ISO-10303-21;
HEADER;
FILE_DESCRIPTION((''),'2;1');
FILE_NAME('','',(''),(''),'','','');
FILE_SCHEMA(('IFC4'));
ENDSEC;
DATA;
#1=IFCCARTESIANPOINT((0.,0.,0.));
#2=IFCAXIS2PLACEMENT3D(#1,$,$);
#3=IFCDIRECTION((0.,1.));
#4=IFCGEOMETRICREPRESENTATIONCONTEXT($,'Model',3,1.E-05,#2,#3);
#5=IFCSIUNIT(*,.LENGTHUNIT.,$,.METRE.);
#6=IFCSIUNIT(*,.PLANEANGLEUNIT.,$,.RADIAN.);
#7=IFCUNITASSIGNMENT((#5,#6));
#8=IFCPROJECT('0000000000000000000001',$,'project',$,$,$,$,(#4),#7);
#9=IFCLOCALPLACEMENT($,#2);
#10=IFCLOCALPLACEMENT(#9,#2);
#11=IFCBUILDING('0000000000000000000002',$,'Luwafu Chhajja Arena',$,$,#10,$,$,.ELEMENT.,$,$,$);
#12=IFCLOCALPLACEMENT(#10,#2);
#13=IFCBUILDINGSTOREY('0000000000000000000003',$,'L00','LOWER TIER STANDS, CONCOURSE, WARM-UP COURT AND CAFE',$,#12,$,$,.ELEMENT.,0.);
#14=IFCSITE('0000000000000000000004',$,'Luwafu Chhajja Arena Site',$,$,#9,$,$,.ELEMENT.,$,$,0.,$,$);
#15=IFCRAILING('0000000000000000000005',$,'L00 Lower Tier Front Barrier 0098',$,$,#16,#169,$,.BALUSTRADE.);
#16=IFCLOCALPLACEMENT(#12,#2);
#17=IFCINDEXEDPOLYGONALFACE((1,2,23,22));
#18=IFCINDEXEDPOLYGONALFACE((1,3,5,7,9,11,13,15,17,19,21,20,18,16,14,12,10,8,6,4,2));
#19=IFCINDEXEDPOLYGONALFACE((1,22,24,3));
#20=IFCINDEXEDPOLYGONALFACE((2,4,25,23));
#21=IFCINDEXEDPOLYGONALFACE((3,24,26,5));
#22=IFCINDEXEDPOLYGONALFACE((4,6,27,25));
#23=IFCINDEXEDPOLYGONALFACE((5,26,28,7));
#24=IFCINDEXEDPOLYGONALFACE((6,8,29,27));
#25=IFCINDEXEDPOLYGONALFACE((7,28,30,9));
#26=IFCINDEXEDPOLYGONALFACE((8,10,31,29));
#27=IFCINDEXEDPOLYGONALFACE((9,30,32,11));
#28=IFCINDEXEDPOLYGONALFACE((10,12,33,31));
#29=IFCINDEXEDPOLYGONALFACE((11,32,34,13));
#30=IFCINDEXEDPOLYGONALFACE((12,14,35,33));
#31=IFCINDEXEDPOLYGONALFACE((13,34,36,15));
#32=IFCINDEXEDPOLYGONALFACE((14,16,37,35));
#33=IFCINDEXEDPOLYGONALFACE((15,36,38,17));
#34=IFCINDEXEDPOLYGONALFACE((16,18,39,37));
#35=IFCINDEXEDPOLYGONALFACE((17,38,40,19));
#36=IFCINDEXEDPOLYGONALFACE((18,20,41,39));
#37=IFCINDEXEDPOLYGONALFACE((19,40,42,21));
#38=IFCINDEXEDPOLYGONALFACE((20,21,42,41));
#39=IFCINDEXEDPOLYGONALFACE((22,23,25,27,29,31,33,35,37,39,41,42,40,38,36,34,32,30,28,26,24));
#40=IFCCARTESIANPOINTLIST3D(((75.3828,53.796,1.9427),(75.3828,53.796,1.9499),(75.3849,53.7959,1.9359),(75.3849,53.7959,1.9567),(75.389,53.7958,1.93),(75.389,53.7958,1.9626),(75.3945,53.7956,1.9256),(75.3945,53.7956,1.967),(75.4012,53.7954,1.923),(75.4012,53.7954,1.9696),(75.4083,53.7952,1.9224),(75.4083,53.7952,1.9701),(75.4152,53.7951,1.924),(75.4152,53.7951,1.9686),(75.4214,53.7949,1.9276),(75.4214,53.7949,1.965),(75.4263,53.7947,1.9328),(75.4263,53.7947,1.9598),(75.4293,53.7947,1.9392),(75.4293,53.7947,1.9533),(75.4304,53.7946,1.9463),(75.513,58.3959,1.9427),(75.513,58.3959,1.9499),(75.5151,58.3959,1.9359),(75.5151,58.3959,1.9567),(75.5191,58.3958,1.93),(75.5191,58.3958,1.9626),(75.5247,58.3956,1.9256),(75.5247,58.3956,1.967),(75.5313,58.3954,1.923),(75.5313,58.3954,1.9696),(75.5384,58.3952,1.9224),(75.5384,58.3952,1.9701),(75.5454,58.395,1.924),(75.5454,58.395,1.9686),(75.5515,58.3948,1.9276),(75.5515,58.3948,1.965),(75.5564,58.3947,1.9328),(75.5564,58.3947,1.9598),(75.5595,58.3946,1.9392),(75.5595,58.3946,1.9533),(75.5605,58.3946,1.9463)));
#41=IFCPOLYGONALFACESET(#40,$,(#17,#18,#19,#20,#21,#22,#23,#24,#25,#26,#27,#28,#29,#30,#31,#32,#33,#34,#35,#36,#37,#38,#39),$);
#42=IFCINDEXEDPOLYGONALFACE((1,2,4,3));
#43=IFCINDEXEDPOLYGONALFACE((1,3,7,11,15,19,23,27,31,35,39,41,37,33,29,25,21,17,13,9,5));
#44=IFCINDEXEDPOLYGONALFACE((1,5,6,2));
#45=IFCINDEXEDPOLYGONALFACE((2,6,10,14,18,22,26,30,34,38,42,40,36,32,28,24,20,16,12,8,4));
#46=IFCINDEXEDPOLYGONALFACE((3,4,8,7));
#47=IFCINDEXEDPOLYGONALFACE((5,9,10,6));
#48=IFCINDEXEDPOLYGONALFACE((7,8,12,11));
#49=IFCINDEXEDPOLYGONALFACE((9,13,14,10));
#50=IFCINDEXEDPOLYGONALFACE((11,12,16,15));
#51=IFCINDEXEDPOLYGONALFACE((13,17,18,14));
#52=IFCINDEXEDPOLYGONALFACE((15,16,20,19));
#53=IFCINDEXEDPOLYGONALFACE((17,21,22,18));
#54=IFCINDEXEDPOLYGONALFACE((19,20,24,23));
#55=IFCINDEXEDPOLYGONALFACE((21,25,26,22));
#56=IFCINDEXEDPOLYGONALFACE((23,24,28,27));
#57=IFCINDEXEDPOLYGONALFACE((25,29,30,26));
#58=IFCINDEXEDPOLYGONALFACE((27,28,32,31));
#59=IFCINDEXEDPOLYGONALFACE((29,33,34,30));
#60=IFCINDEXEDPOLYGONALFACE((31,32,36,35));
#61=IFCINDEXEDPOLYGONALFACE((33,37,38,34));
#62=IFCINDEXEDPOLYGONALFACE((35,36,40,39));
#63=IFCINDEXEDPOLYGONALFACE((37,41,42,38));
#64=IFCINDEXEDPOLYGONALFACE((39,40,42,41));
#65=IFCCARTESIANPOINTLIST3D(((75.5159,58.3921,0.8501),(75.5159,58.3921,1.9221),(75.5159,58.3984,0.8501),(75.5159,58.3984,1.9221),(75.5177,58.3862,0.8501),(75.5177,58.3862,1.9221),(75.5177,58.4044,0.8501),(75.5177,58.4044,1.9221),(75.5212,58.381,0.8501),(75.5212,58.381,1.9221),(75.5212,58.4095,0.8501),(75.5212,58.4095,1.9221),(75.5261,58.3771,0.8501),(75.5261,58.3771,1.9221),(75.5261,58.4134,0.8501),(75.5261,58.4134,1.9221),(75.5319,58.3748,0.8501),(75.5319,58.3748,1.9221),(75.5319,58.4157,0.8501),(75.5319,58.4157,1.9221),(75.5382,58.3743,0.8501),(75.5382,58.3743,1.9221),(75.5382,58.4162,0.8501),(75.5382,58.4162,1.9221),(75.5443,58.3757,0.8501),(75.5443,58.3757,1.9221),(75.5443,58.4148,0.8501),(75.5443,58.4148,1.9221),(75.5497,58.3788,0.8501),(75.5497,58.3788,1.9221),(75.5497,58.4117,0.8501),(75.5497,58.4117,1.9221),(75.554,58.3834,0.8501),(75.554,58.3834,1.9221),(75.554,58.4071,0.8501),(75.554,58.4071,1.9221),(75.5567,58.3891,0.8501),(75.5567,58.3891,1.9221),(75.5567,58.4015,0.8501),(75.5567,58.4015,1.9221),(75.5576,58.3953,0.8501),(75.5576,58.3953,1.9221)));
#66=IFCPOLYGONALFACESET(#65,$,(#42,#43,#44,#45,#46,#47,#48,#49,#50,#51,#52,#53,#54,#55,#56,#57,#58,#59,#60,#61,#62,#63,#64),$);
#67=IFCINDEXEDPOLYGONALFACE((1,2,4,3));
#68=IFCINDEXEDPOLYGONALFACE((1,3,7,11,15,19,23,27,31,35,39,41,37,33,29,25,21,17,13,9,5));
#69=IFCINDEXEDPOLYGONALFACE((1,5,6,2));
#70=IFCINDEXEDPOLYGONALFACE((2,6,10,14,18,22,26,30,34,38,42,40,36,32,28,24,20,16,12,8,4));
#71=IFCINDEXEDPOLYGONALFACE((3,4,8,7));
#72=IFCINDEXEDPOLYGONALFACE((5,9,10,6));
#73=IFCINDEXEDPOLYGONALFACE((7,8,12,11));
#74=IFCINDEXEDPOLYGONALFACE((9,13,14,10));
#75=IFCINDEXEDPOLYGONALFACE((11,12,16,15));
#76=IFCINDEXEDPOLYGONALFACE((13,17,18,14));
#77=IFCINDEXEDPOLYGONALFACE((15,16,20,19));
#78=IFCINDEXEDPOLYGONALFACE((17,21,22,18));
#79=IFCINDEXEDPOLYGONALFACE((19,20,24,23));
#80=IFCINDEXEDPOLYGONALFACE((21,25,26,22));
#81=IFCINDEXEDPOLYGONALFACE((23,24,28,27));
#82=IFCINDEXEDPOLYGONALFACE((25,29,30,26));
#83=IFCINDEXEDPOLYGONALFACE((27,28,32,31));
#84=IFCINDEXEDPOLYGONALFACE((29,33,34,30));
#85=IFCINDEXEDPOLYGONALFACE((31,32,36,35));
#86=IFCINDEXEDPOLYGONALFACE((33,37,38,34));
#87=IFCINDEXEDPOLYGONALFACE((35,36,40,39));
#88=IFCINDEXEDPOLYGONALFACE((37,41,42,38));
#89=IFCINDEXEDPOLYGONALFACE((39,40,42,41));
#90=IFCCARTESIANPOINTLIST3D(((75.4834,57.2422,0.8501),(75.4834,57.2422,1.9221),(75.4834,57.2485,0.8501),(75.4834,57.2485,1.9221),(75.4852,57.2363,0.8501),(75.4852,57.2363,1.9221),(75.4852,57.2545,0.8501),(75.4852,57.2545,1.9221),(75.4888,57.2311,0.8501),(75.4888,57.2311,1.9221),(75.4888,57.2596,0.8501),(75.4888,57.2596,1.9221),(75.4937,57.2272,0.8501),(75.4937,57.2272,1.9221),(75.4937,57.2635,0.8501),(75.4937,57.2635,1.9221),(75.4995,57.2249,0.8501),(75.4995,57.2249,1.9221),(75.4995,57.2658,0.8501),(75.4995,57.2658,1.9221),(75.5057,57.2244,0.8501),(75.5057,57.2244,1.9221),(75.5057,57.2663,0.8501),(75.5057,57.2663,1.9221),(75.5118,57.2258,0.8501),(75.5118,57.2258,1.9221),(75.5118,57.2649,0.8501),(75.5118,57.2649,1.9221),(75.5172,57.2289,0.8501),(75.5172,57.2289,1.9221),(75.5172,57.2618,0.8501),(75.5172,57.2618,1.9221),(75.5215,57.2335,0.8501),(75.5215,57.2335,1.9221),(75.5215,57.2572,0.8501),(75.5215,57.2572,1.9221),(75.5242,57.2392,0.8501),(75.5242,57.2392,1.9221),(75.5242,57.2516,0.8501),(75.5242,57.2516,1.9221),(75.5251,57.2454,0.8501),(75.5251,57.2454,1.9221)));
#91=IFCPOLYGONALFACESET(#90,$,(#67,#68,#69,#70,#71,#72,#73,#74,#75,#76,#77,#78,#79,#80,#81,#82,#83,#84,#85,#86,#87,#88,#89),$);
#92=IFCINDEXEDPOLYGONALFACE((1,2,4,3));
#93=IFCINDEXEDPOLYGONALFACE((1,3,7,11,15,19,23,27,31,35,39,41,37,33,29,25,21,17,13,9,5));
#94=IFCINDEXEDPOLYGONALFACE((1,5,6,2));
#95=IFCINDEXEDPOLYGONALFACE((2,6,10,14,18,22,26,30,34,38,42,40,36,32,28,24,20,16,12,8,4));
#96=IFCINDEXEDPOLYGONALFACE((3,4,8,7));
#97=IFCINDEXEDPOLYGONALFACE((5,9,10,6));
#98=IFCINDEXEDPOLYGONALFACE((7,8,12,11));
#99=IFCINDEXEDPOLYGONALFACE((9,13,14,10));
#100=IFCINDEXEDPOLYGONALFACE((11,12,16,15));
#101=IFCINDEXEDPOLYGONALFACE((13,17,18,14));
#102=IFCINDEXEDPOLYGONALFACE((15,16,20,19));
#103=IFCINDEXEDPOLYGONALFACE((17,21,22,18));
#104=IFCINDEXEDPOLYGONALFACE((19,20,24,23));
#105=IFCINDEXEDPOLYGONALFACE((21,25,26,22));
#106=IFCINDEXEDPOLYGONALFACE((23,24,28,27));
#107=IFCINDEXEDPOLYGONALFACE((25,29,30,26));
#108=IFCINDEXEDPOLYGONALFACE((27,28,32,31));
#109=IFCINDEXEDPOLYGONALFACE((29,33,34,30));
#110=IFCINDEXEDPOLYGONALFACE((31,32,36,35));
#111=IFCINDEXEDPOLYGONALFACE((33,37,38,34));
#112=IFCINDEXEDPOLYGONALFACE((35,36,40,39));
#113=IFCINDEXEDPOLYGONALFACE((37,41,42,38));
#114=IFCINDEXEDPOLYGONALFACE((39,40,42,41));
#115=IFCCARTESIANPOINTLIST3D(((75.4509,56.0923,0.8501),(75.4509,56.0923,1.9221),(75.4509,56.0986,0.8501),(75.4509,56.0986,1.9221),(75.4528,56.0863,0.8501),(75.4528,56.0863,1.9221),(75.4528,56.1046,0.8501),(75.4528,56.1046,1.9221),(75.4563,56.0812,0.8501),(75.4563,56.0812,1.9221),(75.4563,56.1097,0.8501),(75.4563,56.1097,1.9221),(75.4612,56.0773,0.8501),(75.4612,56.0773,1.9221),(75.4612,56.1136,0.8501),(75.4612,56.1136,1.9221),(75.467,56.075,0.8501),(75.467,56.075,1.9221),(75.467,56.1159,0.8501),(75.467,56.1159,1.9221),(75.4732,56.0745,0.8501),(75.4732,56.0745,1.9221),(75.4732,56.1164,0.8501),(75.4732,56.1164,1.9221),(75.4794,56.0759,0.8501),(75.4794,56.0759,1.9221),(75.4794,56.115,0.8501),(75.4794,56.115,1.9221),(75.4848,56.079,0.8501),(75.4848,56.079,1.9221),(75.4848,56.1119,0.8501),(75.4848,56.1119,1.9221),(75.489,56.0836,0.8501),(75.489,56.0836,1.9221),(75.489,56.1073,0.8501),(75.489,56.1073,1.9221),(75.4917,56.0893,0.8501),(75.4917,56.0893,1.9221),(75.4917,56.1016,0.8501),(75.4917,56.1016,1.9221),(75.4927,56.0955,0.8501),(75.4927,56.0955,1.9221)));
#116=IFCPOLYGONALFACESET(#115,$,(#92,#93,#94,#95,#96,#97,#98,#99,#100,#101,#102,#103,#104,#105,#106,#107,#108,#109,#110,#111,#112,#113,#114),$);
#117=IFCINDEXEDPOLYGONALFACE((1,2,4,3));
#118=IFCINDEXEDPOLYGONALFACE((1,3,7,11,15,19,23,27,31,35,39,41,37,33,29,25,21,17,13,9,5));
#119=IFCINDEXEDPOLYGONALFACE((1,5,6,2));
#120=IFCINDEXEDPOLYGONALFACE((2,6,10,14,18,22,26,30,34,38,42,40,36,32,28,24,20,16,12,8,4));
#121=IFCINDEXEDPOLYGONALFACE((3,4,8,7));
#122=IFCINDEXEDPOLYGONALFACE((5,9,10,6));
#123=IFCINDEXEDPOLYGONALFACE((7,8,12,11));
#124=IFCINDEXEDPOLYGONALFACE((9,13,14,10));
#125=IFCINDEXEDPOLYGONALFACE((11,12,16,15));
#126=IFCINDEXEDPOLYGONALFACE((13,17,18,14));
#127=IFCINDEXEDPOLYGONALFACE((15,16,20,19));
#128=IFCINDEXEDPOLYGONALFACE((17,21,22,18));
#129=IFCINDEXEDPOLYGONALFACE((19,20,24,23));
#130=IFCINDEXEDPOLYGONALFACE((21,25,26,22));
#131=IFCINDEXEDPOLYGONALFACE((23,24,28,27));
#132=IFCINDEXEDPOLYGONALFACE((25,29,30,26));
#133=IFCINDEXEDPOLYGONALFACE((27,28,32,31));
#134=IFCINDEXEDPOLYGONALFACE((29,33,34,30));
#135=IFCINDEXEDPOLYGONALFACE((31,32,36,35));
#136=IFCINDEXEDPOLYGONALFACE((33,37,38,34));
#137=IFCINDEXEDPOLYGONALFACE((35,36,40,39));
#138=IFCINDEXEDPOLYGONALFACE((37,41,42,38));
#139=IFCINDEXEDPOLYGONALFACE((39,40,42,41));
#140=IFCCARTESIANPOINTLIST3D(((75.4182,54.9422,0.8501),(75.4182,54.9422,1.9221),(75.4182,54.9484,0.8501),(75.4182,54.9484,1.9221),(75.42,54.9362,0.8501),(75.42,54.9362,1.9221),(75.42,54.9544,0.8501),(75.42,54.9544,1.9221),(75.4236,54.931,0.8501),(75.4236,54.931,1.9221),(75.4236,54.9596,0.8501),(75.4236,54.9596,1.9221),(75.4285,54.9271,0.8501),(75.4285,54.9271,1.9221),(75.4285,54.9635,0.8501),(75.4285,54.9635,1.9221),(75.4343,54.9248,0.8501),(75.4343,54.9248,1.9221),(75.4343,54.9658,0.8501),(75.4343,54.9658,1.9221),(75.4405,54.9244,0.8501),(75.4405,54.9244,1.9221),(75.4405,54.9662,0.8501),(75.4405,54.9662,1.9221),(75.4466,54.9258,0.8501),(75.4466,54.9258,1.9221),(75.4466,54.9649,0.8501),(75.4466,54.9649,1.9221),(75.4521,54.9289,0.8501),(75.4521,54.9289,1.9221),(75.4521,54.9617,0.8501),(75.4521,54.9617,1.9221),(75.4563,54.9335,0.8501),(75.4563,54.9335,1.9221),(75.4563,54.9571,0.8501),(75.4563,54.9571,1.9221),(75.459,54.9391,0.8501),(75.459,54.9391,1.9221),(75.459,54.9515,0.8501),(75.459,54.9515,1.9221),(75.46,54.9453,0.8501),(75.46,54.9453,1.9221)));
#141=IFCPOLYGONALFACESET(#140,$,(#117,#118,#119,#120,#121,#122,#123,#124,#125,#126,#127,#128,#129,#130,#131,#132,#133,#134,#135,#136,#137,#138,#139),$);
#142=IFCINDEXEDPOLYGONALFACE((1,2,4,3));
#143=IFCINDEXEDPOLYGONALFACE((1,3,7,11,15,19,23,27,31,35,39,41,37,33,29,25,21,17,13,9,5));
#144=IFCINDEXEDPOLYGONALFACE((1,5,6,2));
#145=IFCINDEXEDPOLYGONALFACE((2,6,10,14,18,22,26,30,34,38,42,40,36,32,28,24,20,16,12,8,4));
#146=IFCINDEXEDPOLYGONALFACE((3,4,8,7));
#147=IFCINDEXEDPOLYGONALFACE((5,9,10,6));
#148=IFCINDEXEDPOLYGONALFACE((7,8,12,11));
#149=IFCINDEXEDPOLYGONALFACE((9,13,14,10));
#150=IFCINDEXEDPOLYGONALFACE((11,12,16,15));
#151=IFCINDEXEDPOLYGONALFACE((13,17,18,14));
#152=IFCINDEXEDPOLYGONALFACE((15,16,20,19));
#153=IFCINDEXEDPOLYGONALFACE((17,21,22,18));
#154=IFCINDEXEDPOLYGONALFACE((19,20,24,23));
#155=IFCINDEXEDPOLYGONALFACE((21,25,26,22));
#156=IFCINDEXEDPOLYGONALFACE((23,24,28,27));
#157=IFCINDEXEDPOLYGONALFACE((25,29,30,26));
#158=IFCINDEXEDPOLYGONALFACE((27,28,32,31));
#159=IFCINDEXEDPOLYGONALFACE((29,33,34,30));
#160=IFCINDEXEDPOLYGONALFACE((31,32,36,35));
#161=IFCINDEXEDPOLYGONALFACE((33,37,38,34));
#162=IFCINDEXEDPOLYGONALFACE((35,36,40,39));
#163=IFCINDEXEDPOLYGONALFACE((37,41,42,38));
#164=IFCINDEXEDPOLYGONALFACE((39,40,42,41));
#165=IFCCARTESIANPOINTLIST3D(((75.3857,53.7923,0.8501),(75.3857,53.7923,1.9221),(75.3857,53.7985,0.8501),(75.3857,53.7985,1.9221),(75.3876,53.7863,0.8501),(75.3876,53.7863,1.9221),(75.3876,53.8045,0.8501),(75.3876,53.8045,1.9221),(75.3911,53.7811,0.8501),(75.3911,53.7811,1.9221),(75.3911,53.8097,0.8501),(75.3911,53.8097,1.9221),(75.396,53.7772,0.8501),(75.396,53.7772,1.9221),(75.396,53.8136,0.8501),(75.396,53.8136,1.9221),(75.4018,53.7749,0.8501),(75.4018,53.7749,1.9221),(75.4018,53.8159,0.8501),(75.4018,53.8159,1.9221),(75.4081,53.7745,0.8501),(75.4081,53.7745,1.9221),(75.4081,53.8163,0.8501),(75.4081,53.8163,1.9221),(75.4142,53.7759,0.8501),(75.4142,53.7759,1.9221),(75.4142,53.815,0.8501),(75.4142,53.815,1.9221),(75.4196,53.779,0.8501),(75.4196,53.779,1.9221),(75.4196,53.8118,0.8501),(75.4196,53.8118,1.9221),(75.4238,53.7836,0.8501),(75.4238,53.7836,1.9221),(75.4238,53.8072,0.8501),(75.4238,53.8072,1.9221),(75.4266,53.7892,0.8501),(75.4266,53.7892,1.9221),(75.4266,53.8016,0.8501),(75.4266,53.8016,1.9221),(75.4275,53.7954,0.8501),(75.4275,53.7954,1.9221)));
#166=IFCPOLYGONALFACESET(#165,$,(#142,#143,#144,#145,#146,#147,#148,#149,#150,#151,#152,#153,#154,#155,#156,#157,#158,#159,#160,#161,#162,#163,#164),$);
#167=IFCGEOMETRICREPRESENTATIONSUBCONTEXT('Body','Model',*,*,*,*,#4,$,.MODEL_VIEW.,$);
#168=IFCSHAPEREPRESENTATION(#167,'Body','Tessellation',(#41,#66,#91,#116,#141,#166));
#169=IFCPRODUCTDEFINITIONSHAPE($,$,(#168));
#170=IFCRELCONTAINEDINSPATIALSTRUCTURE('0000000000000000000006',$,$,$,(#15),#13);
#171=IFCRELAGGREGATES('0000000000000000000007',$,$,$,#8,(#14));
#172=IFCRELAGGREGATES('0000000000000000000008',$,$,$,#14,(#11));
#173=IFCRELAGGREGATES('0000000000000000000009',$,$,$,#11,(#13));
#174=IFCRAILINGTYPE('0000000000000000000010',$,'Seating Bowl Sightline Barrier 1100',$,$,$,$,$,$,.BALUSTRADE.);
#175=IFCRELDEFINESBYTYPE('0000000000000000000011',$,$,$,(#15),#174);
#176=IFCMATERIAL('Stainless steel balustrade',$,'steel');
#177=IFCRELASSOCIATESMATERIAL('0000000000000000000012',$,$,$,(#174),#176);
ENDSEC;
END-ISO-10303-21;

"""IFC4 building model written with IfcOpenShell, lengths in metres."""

from ifc_helpers import new_model, si_unit, direction, frame, origin, origin_2d, place, context, subcontext, project, spatial, circle, extrude, material, type_object, element, save


model = new_model("IFC4")

# Units and contexts
model_context = context("Model", 3, precision=1e-05, world=origin(), true_north=direction((0.0, 1.0)))
body_context = subcontext(model_context, "Body", "Model", "MODEL_VIEW")
ifc_project = project(units=[si_unit("LENGTHUNIT", "METRE"), si_unit("PLANEANGLEUNIT", "RADIAN")], contexts=[model_context])

# Site, building, storey
site_placement = place(None, origin())
site = spatial("IfcSite", under=ifc_project, at=site_placement, Name="Luwafu Chhajja Arena Site", CompositionType="ELEMENT", RefElevation=0.0)
building_placement = place(site_placement, origin())
building = spatial("IfcBuilding", under=site, at=building_placement, Name="Luwafu Chhajja Arena", CompositionType="ELEMENT")
storey_placement = place(building_placement, origin())
storey = spatial("IfcBuildingStorey", under=building, at=storey_placement, Name="L00", Description="LOWER TIER STANDS, CONCOURSE, WARM-UP COURT AND CAFE", CompositionType="ELEMENT", Elevation=0.0)

# Railing
ifc_material_1 = material(Name="Stainless steel balustrade", Category="steel")
railing_type = type_object("IfcRailingType", Name="Seating Bowl Sightline Barrier 1100", PredefinedType="BALUSTRADE", material=ifc_material_1)
railing_1_placement = place(storey_placement, frame((75.5366, 58.3953, 0.8501)))
element("IfcRailing", 1, at=railing_1_placement, inside=storey, type_object=railing_type, Name="L00 Lower Tier Front Barrier 0098", PredefinedType="BALUSTRADE", context=body_context, shape_type="SweptSolid", body=[
    extrude(circle(Radius=0.0239, at=origin_2d()), frame((0.0, 0.0, 1.0962), z_axis=(-0.028278, -0.9996, 0.0), x_axis=(0.9996, -0.028278, 0.0)), (0.0, 0.0, 1.0), 4.6018),
    extrude(circle(Radius=0.021, at=origin_2d()), origin(), (0.0, 0.0, 1.0), 1.072),
    extrude(circle(Radius=0.021, at=origin_2d()), frame((-0.0325, -1.1499, 0.0)), (0.0, 0.0, 1.0), 1.072),
    extrude(circle(Radius=0.021, at=origin_2d()), frame((-0.0649, -2.2998, 0.0)), (0.0, 0.0, 1.0), 1.072),
    extrude(circle(Radius=0.021, at=origin_2d()), frame((-0.0977, -3.45, 0.0)), (0.0, 0.0, 1.0), 1.072),
    extrude(circle(Radius=0.021, at=origin_2d()), frame((-0.1301, -4.5999, 0.0)), (0.0, 0.0, 1.0), 1.072),
])

save(model, "model.ifc")
